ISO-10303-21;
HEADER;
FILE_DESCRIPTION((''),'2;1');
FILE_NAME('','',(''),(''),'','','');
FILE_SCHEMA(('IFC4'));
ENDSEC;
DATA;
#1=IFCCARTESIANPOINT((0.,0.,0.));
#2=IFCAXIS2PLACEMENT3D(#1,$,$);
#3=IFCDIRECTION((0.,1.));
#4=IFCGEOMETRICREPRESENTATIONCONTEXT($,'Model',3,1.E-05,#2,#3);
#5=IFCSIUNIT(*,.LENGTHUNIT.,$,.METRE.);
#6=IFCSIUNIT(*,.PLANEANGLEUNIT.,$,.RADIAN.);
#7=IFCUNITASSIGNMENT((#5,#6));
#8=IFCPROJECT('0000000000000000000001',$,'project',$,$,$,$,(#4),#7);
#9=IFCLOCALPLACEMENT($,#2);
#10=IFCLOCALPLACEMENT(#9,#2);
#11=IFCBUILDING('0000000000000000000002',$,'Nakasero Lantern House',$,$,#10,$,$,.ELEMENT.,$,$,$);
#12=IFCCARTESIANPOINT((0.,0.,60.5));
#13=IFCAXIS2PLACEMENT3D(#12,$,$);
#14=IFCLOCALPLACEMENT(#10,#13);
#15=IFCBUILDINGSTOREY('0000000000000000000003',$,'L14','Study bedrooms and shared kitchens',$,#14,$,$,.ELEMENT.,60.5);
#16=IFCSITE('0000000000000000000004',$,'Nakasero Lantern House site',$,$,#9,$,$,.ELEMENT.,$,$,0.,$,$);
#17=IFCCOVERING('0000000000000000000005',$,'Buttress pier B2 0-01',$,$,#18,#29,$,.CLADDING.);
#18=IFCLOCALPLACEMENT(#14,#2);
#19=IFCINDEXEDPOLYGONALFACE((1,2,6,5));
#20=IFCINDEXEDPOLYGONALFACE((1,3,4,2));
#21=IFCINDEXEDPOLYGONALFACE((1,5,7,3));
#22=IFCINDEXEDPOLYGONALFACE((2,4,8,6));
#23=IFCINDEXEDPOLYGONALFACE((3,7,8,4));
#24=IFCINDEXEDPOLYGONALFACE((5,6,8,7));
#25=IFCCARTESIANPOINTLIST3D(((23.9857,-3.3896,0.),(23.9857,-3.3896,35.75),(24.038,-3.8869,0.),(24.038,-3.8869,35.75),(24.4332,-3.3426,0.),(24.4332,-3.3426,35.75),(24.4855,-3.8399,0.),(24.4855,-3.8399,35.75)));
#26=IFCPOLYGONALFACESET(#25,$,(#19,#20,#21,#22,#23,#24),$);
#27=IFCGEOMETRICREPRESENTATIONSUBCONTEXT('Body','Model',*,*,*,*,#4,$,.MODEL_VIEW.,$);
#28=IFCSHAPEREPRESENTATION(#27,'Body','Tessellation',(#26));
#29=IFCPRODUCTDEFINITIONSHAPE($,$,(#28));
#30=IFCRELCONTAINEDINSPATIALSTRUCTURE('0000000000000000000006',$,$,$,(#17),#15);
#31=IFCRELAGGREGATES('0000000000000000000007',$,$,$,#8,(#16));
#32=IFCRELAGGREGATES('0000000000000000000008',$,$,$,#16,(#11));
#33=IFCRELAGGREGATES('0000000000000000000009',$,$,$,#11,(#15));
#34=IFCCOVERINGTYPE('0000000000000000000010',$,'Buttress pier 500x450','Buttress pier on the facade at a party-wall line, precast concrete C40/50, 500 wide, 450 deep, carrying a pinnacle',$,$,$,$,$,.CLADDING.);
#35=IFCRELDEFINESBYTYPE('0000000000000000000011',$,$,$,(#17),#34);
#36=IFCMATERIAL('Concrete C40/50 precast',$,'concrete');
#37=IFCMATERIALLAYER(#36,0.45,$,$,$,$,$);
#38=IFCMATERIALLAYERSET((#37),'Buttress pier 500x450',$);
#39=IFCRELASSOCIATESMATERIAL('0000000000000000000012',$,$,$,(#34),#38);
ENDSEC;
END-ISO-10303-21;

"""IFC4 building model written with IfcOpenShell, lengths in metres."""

from ifc_helpers import new_model, si_unit, direction, frame, origin, origin_2d, place, context, subcontext, project, spatial, rectangle, extrude, material, layer, layer_set, type_object, element, save


model = new_model("IFC4")

# Units and contexts
model_context = context("Model", 3, precision=1e-05, world=origin(), true_north=direction((0.0, 1.0)))
body_context = subcontext(model_context, "Body", "Model", "MODEL_VIEW")
ifc_project = project(units=[si_unit("LENGTHUNIT", "METRE"), si_unit("PLANEANGLEUNIT", "RADIAN")], contexts=[model_context])

# Site, building, storey
site_placement = place(None, origin())
site = spatial("IfcSite", under=ifc_project, at=site_placement, Name="Nakasero Lantern House site", CompositionType="ELEMENT", RefElevation=0.0)
building_placement = place(site_placement, origin())
building = spatial("IfcBuilding", under=site, at=building_placement, Name="Nakasero Lantern House", CompositionType="ELEMENT")
storey_placement = place(building_placement, frame((0.0, 0.0, 60.5)))
storey = spatial("IfcBuildingStorey", under=building, at=storey_placement, Name="L14", Description="Study bedrooms and shared kitchens", CompositionType="ELEMENT", Elevation=60.5)

# Covering
ifc_material_1 = material(Name="Concrete C40/50 precast", Category="concrete")
ifc_layer_1 = layer(ifc_material_1, 0.45)
ifc_layer_set_1 = layer_set([ifc_layer_1], Name="Buttress pier 500x450")
covering_type = type_object("IfcCoveringType", Name="Buttress pier 500x450", Description="Buttress pier on the facade at a party-wall line, precast concrete C40/50, 500 wide, 450 deep, carrying a pinnacle", PredefinedType="CLADDING", material=ifc_layer_set_1)
for number, where, z_axis, x_axis, name in (
    (1, (24.2356, -3.6147, 0.0), (0.0, 0.0, 1.0), (0.994522, 0.104528, 0.0), "Buttress pier B2 0-01"),
):
    element("IfcCovering", number, at=place(storey_placement, frame(where, z_axis=z_axis, x_axis=x_axis)), inside=storey, type_object=covering_type, Name=name, PredefinedType="CLADDING", context=body_context, shape_type="SweptSolid", body=[
        extrude(rectangle(XDim=0.45, YDim=0.5, at=origin_2d()), origin(), (0.0, 0.0, 1.0), 35.75),
    ])

save(model, "model.ifc")
